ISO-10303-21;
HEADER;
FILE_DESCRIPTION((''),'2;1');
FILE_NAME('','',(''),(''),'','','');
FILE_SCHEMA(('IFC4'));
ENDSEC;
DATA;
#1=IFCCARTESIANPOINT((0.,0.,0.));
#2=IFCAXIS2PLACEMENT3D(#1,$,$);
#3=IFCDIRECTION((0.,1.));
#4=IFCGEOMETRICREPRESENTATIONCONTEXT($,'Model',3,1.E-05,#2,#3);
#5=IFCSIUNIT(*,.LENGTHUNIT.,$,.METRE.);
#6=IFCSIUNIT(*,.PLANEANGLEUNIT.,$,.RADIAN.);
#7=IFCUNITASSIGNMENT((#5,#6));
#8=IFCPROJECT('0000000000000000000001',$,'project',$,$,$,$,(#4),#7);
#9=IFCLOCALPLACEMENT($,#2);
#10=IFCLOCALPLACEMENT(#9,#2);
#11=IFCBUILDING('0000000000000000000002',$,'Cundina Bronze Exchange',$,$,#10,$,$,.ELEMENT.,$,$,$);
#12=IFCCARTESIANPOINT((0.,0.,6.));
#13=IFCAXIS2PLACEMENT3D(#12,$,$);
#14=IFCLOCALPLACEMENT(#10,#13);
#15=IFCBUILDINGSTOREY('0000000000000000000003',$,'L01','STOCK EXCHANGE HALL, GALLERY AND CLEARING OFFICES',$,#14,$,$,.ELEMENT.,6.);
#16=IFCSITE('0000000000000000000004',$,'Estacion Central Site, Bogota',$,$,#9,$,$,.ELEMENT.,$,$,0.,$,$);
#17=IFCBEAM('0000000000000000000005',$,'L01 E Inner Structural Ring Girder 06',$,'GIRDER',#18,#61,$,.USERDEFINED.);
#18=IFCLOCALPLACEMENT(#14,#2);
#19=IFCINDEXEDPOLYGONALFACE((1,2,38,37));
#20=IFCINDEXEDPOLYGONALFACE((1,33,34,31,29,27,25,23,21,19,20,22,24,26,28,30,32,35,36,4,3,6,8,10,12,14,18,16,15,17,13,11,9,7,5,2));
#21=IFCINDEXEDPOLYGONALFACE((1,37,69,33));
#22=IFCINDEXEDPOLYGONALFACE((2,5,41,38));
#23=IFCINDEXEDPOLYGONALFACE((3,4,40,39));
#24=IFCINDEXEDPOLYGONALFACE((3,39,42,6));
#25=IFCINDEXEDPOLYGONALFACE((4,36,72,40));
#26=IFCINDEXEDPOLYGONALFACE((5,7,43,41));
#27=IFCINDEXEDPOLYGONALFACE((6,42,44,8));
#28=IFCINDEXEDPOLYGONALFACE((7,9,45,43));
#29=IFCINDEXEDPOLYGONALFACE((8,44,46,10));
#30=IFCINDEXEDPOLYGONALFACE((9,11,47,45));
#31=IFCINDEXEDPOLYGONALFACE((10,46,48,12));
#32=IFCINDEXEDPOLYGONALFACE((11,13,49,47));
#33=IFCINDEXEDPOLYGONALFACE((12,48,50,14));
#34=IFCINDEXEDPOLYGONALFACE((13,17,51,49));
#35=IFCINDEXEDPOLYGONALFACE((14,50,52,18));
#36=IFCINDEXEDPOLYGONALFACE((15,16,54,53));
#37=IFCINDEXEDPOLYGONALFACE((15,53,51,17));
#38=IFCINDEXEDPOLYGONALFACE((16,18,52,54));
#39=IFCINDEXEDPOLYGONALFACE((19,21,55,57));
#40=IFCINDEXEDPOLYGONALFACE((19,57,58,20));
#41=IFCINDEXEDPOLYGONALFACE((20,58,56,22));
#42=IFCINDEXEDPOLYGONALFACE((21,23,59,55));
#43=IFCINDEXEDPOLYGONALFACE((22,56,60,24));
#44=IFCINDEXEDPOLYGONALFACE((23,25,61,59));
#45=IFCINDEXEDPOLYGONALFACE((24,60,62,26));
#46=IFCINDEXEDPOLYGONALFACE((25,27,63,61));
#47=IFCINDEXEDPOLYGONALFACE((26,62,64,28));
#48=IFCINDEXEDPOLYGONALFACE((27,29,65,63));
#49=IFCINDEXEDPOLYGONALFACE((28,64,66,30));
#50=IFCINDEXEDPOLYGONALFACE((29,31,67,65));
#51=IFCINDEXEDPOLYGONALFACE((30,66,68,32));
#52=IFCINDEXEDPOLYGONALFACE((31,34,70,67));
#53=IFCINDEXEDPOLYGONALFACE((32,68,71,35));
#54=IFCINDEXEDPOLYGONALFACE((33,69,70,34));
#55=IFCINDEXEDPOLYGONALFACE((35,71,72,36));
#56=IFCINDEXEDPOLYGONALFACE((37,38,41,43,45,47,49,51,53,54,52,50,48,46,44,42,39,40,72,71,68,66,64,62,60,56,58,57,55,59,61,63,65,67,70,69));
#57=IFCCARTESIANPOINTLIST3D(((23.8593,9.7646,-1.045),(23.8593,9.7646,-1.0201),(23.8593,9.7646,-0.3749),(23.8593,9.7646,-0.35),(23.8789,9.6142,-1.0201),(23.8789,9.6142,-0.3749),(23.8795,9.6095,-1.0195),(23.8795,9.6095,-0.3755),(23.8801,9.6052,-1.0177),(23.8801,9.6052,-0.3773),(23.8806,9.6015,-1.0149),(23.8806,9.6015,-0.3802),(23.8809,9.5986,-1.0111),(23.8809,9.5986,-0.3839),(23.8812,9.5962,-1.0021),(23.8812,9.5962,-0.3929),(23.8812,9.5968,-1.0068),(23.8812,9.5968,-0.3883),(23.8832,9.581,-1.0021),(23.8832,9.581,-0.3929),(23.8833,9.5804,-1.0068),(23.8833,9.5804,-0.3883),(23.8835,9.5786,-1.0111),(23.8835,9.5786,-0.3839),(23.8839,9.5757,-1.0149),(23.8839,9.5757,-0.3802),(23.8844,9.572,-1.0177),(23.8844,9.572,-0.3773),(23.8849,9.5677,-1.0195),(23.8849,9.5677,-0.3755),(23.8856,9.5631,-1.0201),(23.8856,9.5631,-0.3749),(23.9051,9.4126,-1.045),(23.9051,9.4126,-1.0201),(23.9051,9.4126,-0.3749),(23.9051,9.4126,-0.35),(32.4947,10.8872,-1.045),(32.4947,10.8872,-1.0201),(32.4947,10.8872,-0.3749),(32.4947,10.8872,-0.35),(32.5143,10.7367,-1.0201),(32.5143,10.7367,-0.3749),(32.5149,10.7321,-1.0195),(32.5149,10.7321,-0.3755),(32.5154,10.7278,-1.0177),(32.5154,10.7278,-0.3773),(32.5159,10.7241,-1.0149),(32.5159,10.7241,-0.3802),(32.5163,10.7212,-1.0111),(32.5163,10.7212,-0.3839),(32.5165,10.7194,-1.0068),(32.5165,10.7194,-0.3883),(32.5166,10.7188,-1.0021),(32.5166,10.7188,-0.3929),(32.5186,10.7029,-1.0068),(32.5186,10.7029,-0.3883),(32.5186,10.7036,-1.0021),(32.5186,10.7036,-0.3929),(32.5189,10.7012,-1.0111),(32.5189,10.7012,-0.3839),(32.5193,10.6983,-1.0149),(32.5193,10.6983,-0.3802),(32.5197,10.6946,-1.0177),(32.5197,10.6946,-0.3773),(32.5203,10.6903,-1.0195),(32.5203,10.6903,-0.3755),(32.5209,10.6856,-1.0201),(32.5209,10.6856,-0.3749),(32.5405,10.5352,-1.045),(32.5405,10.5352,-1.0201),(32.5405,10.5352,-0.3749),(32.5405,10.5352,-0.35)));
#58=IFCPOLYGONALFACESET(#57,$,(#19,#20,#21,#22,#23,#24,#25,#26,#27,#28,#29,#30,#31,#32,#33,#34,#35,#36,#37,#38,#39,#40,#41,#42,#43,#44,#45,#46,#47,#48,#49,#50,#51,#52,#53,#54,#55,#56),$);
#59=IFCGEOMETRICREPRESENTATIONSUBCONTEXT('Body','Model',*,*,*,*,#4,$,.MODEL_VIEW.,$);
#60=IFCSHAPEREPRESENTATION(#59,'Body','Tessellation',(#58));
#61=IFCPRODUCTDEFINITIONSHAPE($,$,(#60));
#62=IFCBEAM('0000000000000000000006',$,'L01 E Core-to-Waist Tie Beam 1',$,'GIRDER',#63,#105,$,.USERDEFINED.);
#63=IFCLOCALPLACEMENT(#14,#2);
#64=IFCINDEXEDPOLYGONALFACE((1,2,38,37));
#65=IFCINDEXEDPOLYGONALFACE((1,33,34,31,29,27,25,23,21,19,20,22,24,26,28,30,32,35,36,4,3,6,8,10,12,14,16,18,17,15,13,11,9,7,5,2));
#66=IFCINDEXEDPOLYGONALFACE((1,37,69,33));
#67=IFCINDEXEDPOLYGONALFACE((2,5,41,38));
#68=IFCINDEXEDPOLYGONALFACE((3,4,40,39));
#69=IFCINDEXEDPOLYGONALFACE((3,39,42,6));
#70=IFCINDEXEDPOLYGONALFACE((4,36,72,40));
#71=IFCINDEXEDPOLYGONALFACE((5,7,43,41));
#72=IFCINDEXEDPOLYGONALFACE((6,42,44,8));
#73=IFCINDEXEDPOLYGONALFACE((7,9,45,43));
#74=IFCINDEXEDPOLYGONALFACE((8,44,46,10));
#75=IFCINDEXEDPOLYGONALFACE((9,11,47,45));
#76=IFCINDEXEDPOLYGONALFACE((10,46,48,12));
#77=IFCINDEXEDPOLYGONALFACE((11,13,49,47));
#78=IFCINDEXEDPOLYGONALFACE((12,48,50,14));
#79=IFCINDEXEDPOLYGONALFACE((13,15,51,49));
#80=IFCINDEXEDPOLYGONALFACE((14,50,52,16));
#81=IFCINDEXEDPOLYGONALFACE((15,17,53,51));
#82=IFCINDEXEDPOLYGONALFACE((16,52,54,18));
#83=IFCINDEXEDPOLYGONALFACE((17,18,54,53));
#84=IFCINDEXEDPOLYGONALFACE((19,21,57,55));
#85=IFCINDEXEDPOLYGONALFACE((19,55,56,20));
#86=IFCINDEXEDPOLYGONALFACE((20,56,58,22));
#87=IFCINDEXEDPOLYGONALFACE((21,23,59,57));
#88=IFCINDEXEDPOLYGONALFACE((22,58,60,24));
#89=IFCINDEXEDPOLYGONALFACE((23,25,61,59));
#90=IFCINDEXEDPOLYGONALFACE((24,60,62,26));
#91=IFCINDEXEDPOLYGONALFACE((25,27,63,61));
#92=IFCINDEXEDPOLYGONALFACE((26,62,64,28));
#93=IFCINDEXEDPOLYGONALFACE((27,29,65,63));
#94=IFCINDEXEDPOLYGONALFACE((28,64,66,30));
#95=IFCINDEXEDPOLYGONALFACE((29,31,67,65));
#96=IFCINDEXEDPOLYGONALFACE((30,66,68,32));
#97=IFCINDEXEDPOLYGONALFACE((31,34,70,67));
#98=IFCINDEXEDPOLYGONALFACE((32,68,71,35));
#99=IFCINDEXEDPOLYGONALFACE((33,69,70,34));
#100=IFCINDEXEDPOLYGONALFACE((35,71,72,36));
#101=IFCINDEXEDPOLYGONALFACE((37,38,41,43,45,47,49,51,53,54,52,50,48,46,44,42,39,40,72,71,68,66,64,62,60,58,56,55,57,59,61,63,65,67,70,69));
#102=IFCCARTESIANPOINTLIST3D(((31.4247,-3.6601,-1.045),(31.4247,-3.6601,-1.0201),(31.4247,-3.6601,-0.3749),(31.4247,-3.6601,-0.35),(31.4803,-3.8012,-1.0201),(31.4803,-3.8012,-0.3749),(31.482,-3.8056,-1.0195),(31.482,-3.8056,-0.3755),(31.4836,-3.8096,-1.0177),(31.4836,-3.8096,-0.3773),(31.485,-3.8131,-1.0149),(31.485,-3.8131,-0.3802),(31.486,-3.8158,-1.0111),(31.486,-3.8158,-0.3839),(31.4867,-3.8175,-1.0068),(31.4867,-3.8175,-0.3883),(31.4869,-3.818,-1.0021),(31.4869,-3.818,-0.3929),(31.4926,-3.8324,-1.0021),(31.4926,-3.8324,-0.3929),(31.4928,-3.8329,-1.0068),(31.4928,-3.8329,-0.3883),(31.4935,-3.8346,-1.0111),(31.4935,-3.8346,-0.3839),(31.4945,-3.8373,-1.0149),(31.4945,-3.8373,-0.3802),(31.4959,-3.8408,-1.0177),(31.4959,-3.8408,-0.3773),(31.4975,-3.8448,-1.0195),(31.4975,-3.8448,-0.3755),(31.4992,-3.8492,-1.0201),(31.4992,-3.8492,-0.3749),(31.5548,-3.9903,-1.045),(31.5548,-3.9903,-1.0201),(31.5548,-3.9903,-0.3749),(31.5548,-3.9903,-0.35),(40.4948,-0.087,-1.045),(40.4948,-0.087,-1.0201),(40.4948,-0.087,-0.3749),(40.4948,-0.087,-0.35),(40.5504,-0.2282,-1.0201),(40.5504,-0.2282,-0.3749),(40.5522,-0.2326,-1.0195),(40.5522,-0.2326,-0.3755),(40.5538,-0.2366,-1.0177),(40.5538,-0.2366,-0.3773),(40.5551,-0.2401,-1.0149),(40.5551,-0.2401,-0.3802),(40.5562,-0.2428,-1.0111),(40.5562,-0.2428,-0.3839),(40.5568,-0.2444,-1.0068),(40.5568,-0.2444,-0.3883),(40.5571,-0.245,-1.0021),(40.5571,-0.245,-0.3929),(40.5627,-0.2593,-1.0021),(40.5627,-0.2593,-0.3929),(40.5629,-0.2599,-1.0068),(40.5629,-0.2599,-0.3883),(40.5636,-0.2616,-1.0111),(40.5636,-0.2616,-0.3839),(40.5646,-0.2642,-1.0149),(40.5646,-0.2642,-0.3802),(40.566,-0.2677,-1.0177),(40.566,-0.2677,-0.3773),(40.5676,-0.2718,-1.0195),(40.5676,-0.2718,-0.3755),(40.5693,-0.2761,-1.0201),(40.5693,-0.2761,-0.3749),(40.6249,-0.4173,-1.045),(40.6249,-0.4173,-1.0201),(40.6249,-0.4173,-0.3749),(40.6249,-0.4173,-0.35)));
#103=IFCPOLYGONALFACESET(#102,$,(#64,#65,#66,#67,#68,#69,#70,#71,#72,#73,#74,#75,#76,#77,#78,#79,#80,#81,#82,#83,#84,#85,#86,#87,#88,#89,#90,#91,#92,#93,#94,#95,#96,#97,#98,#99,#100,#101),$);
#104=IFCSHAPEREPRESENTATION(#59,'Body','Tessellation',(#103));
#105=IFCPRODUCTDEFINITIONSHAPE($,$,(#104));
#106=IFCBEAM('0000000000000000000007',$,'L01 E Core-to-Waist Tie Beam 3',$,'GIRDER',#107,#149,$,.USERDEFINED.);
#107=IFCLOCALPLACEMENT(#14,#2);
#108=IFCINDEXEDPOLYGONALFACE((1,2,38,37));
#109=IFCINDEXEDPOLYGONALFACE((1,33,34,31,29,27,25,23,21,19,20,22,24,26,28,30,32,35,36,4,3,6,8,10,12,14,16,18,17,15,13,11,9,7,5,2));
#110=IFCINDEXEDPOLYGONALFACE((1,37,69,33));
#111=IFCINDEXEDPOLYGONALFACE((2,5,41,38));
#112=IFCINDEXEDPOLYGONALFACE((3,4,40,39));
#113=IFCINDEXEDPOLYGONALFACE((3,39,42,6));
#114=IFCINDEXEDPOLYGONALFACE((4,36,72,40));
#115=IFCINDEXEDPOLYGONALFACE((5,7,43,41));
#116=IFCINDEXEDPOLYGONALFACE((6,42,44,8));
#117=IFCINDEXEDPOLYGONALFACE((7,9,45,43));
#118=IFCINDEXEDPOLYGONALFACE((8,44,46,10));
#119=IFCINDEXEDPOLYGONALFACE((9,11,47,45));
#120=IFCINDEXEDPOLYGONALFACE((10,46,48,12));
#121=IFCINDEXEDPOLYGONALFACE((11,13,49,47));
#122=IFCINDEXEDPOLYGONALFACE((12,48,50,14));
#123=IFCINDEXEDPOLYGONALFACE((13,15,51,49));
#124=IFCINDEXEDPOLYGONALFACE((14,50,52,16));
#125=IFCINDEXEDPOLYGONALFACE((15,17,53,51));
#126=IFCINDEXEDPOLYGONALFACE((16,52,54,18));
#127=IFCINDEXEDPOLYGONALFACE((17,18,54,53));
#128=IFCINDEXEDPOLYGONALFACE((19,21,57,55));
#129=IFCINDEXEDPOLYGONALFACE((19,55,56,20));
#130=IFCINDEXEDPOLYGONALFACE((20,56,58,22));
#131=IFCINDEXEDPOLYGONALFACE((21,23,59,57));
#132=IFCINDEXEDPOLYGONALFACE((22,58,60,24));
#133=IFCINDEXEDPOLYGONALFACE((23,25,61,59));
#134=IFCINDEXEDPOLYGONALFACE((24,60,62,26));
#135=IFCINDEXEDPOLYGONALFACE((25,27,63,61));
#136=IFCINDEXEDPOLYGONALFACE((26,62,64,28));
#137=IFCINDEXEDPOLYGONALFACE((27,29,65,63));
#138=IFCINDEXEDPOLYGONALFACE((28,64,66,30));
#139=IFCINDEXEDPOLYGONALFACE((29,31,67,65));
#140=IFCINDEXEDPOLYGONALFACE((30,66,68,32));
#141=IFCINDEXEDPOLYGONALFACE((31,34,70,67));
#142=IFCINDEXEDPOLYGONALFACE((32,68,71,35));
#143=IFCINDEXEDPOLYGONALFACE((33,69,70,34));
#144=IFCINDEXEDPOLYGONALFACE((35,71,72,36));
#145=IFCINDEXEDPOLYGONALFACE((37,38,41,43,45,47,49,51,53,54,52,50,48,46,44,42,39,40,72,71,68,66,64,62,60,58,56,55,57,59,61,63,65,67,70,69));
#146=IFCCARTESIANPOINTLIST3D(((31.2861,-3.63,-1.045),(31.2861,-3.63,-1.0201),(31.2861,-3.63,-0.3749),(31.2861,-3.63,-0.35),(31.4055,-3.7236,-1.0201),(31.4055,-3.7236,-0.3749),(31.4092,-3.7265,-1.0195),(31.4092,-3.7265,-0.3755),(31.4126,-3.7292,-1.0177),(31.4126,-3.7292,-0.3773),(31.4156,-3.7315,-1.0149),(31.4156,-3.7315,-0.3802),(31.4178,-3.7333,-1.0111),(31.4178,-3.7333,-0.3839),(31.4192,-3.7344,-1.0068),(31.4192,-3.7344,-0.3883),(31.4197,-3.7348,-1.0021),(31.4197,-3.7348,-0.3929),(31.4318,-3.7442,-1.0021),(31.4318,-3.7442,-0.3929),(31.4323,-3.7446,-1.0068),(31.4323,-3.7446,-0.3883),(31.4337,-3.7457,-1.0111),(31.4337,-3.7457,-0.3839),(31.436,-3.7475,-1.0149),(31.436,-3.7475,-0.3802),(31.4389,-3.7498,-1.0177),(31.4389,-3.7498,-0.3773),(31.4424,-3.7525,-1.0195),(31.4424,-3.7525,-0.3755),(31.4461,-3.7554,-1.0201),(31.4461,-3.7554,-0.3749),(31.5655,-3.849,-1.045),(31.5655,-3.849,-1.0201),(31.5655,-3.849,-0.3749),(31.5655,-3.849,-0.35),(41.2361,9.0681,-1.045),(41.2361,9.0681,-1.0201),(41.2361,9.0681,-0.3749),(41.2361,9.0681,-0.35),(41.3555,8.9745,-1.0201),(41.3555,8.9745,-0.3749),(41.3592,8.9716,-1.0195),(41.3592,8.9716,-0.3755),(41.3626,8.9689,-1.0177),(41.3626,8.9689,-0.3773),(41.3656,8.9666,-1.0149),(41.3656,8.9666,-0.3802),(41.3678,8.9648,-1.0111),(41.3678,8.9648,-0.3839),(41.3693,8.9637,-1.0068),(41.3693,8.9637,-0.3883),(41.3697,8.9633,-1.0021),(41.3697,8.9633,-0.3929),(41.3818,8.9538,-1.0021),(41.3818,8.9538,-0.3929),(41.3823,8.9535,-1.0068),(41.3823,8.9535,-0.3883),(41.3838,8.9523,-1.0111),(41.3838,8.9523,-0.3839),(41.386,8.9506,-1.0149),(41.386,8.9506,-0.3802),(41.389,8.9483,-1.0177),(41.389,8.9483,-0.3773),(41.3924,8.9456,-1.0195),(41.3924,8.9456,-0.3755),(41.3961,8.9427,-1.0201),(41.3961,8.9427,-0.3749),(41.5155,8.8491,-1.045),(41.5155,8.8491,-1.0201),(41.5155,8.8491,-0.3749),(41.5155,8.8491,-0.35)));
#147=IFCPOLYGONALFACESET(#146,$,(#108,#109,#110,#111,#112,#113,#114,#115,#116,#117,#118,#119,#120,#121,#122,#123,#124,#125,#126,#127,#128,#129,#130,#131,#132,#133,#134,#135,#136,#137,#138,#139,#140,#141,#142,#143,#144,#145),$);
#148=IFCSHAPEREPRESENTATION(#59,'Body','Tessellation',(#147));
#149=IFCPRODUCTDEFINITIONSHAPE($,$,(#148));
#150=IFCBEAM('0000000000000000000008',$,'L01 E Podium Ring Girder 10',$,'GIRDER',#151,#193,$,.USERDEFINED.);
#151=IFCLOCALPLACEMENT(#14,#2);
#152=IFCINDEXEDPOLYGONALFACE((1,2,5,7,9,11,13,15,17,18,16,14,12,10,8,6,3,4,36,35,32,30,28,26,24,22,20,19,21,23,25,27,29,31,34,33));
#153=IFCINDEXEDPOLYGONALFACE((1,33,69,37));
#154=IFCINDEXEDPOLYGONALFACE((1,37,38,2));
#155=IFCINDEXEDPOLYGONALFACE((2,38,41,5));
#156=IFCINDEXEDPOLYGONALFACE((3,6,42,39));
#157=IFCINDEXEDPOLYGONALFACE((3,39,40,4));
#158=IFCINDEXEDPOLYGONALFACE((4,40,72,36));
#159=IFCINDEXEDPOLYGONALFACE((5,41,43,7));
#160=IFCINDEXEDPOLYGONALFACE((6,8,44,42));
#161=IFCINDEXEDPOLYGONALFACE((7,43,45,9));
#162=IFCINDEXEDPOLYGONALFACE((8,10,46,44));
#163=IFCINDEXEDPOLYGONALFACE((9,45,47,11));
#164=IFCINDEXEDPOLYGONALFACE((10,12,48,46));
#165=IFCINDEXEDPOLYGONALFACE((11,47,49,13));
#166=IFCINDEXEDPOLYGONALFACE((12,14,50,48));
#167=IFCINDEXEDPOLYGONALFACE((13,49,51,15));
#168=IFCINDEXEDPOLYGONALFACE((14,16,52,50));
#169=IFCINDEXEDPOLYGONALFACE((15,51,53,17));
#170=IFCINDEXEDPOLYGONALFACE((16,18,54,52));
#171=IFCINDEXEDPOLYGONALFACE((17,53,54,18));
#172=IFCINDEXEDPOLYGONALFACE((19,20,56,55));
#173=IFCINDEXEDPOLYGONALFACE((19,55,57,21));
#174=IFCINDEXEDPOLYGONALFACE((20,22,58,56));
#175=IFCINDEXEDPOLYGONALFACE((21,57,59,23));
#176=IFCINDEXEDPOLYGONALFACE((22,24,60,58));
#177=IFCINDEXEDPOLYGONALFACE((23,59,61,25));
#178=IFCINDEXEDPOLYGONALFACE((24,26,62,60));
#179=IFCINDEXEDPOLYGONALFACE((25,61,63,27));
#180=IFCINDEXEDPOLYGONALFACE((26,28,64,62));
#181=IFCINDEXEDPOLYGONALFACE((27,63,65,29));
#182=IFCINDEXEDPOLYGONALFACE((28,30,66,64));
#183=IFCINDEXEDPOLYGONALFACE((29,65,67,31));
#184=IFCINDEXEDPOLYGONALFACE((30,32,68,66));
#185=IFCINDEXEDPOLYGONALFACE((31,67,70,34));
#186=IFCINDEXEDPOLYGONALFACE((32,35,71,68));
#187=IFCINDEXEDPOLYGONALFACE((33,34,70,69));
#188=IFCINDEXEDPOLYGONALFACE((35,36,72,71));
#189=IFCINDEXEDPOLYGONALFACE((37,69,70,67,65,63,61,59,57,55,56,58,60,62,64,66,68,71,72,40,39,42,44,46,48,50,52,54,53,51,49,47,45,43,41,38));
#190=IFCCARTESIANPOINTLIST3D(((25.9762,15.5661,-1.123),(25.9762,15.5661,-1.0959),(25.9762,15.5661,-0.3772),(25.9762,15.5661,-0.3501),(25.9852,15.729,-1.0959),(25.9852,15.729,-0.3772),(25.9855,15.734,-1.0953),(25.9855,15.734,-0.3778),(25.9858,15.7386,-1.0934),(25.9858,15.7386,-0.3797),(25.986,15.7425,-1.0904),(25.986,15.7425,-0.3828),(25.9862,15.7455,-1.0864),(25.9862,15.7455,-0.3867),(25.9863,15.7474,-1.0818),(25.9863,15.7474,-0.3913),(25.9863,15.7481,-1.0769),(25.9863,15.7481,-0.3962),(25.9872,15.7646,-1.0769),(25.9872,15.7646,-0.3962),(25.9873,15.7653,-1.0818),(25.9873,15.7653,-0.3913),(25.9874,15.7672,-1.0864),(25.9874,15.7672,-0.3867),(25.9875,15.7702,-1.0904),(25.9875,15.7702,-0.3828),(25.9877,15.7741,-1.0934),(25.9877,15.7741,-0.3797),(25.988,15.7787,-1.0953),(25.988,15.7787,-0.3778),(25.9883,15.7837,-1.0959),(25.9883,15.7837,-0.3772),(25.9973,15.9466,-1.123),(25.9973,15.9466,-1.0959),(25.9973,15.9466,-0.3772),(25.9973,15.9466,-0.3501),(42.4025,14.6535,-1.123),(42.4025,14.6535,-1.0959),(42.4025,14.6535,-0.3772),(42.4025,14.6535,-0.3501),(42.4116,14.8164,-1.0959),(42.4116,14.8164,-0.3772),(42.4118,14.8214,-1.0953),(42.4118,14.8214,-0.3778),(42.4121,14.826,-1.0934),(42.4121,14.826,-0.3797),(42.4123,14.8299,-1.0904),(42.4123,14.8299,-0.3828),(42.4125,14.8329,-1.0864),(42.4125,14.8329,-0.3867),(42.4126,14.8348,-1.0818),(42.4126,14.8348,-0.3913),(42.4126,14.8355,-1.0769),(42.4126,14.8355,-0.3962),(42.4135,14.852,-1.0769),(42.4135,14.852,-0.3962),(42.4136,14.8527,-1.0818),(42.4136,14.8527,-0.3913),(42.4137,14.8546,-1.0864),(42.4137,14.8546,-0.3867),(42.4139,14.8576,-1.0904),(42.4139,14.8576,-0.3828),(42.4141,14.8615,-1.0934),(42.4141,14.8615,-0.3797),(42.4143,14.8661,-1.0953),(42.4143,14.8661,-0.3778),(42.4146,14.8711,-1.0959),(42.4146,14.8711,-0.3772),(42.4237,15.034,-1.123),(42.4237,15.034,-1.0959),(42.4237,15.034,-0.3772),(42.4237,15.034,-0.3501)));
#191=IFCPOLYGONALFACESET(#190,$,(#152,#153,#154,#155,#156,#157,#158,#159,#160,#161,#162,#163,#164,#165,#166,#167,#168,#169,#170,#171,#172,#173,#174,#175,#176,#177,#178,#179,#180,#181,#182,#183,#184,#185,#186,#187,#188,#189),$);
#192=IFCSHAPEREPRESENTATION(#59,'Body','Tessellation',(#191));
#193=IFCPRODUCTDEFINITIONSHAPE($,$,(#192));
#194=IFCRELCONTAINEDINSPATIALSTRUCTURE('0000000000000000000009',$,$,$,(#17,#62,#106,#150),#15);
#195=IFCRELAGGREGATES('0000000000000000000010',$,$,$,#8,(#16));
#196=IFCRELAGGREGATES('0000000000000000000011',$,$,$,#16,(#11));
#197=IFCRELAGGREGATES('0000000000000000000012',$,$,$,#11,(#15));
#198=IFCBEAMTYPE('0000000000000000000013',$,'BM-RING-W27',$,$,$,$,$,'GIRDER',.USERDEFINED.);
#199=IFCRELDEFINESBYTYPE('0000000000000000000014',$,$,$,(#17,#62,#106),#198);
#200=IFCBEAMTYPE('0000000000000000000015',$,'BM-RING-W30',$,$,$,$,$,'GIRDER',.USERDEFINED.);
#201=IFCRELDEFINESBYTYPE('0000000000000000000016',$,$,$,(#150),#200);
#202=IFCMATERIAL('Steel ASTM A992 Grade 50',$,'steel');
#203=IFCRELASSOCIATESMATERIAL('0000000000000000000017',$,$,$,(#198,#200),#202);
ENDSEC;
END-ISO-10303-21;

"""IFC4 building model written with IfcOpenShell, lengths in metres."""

from ifc_helpers import new_model, si_unit, direction, frame, origin, origin_2d, place, context, subcontext, project, spatial, i_section, extrude, material, material_profile, profile_set, type_object, element, save


model = new_model("IFC4")

# Units and contexts
model_context = context("Model", 3, precision=1e-05, world=origin(), true_north=direction((0.0, 1.0)))
body_context = subcontext(model_context, "Body", "Model", "MODEL_VIEW")
ifc_project = project(units=[si_unit("LENGTHUNIT", "METRE"), si_unit("PLANEANGLEUNIT", "RADIAN")], contexts=[model_context])

# Site, building, storey
site_placement = place(None, origin())
site = spatial("IfcSite", under=ifc_project, at=site_placement, Name="Estacion Central Site, Bogota", CompositionType="ELEMENT", RefElevation=0.0)
building_placement = place(site_placement, origin())
building = spatial("IfcBuilding", under=site, at=building_placement, Name="Cundina Bronze Exchange", CompositionType="ELEMENT")
storey_placement = place(building_placement, frame((0.0, 0.0, 6.0)))
storey = spatial("IfcBuildingStorey", under=building, at=storey_placement, Name="L01", Description="STOCK EXCHANGE HALL, GALLERY AND CLEARING OFFICES", CompositionType="ELEMENT", Elevation=6.0)

# Shared definitions
ifc_material_1 = material(Name="Steel ASTM A992 Grade 50", Category="steel")

# Beams
ifc_material_profile_1 = material_profile(ifc_material_1, i_section(OverallWidth=0.355, OverallDepth=0.6951, WebThickness=0.0154, FlangeThickness=0.0249, FilletRadius=0.0181, at=origin_2d()), Name="W27X146", Category="steel")
ifc_profile_set_1 = profile_set([ifc_material_profile_1], Name="Steel ASTM A992 Grade 50")
beam_type_1 = type_object("IfcBeamType", Name="BM-RING-W27", ElementType="GIRDER", PredefinedType="USERDEFINED", material=ifc_profile_set_1)
beam_1_placement = place(storey_placement, frame((32.5176, 10.7112, -0.6975), z_axis=(-0.991656, -0.128912, 0.0), x_axis=(0.128912, -0.991656, 0.0)))
element("IfcBeam", 1, at=beam_1_placement, inside=storey, type_object=beam_type_1, Name="L01 E Inner Structural Ring Girder 06", ObjectType="GIRDER", PredefinedType="USERDEFINED", context=body_context, shape_type="SweptSolid", body=[
    extrude(i_section(OverallWidth=0.355, OverallDepth=0.6951, WebThickness=0.0154, FlangeThickness=0.0249, FilletRadius=0.0181, at=origin_2d()), origin(), (0.0, 0.0, 1.0), 8.708),
])
beam_2_placement = place(storey_placement, frame((31.4897, -3.8252, -0.6975), z_axis=(0.93041, 0.366519, 0.0), x_axis=(-0.366519, 0.93041, 0.0)))
element("IfcBeam", 2, at=beam_2_placement, inside=storey, type_object=beam_type_1, Name="L01 E Core-to-Waist Tie Beam 1", ObjectType="GIRDER", PredefinedType="USERDEFINED", context=body_context, shape_type="SweptSolid", body=[
    extrude(i_section(OverallWidth=0.355, OverallDepth=0.6951, WebThickness=0.0154, FlangeThickness=0.0249, FilletRadius=0.0181, at=origin_2d()), origin(), (0.0, 0.0, 1.0), 9.7485),
])
beam_3_placement = place(storey_placement, frame((31.4258, -3.7395, -0.6975), z_axis=(0.616784, 0.787132, 0.0), x_axis=(-0.787132, 0.616784, 0.0)))
element("IfcBeam", 3, at=beam_3_placement, inside=storey, type_object=beam_type_1, Name="L01 E Core-to-Waist Tie Beam 3", ObjectType="GIRDER", PredefinedType="USERDEFINED", context=body_context, shape_type="SweptSolid", body=[
    extrude(i_section(OverallWidth=0.355, OverallDepth=0.6951, WebThickness=0.0154, FlangeThickness=0.0249, FilletRadius=0.0181, at=origin_2d()), origin(), (0.0, 0.0, 1.0), 16.1321),
])
ifc_material_profile_2 = material_profile(ifc_material_1, i_section(OverallWidth=0.3811, OverallDepth=0.7729, WebThickness=0.0166, FlangeThickness=0.0271, FilletRadius=0.019, at=origin_2d()), Name="W30X173", Category="steel")
ifc_profile_set_2 = profile_set([ifc_material_profile_2], Name="Steel ASTM A992 Grade 50")
beam_type_2 = type_object("IfcBeamType", Name="BM-RING-W30", ElementType="GIRDER", PredefinedType="USERDEFINED", material=ifc_profile_set_2)
beam_4_placement = place(storey_placement, frame((42.4131, 14.8438, -0.7366), z_axis=(-0.99846, 0.055472, 0.0), x_axis=(-0.055472, -0.99846, 0.0)))
element("IfcBeam", 4, at=beam_4_placement, inside=storey, type_object=beam_type_2, Name="L01 E Podium Ring Girder 10", ObjectType="GIRDER", PredefinedType="USERDEFINED", context=body_context, shape_type="SweptSolid", body=[
    extrude(i_section(OverallWidth=0.3811, OverallDepth=0.7729, WebThickness=0.0166, FlangeThickness=0.0271, FilletRadius=0.019, at=origin_2d()), origin(), (0.0, 0.0, 1.0), 16.4517),
])

save(model, "model.ifc")
